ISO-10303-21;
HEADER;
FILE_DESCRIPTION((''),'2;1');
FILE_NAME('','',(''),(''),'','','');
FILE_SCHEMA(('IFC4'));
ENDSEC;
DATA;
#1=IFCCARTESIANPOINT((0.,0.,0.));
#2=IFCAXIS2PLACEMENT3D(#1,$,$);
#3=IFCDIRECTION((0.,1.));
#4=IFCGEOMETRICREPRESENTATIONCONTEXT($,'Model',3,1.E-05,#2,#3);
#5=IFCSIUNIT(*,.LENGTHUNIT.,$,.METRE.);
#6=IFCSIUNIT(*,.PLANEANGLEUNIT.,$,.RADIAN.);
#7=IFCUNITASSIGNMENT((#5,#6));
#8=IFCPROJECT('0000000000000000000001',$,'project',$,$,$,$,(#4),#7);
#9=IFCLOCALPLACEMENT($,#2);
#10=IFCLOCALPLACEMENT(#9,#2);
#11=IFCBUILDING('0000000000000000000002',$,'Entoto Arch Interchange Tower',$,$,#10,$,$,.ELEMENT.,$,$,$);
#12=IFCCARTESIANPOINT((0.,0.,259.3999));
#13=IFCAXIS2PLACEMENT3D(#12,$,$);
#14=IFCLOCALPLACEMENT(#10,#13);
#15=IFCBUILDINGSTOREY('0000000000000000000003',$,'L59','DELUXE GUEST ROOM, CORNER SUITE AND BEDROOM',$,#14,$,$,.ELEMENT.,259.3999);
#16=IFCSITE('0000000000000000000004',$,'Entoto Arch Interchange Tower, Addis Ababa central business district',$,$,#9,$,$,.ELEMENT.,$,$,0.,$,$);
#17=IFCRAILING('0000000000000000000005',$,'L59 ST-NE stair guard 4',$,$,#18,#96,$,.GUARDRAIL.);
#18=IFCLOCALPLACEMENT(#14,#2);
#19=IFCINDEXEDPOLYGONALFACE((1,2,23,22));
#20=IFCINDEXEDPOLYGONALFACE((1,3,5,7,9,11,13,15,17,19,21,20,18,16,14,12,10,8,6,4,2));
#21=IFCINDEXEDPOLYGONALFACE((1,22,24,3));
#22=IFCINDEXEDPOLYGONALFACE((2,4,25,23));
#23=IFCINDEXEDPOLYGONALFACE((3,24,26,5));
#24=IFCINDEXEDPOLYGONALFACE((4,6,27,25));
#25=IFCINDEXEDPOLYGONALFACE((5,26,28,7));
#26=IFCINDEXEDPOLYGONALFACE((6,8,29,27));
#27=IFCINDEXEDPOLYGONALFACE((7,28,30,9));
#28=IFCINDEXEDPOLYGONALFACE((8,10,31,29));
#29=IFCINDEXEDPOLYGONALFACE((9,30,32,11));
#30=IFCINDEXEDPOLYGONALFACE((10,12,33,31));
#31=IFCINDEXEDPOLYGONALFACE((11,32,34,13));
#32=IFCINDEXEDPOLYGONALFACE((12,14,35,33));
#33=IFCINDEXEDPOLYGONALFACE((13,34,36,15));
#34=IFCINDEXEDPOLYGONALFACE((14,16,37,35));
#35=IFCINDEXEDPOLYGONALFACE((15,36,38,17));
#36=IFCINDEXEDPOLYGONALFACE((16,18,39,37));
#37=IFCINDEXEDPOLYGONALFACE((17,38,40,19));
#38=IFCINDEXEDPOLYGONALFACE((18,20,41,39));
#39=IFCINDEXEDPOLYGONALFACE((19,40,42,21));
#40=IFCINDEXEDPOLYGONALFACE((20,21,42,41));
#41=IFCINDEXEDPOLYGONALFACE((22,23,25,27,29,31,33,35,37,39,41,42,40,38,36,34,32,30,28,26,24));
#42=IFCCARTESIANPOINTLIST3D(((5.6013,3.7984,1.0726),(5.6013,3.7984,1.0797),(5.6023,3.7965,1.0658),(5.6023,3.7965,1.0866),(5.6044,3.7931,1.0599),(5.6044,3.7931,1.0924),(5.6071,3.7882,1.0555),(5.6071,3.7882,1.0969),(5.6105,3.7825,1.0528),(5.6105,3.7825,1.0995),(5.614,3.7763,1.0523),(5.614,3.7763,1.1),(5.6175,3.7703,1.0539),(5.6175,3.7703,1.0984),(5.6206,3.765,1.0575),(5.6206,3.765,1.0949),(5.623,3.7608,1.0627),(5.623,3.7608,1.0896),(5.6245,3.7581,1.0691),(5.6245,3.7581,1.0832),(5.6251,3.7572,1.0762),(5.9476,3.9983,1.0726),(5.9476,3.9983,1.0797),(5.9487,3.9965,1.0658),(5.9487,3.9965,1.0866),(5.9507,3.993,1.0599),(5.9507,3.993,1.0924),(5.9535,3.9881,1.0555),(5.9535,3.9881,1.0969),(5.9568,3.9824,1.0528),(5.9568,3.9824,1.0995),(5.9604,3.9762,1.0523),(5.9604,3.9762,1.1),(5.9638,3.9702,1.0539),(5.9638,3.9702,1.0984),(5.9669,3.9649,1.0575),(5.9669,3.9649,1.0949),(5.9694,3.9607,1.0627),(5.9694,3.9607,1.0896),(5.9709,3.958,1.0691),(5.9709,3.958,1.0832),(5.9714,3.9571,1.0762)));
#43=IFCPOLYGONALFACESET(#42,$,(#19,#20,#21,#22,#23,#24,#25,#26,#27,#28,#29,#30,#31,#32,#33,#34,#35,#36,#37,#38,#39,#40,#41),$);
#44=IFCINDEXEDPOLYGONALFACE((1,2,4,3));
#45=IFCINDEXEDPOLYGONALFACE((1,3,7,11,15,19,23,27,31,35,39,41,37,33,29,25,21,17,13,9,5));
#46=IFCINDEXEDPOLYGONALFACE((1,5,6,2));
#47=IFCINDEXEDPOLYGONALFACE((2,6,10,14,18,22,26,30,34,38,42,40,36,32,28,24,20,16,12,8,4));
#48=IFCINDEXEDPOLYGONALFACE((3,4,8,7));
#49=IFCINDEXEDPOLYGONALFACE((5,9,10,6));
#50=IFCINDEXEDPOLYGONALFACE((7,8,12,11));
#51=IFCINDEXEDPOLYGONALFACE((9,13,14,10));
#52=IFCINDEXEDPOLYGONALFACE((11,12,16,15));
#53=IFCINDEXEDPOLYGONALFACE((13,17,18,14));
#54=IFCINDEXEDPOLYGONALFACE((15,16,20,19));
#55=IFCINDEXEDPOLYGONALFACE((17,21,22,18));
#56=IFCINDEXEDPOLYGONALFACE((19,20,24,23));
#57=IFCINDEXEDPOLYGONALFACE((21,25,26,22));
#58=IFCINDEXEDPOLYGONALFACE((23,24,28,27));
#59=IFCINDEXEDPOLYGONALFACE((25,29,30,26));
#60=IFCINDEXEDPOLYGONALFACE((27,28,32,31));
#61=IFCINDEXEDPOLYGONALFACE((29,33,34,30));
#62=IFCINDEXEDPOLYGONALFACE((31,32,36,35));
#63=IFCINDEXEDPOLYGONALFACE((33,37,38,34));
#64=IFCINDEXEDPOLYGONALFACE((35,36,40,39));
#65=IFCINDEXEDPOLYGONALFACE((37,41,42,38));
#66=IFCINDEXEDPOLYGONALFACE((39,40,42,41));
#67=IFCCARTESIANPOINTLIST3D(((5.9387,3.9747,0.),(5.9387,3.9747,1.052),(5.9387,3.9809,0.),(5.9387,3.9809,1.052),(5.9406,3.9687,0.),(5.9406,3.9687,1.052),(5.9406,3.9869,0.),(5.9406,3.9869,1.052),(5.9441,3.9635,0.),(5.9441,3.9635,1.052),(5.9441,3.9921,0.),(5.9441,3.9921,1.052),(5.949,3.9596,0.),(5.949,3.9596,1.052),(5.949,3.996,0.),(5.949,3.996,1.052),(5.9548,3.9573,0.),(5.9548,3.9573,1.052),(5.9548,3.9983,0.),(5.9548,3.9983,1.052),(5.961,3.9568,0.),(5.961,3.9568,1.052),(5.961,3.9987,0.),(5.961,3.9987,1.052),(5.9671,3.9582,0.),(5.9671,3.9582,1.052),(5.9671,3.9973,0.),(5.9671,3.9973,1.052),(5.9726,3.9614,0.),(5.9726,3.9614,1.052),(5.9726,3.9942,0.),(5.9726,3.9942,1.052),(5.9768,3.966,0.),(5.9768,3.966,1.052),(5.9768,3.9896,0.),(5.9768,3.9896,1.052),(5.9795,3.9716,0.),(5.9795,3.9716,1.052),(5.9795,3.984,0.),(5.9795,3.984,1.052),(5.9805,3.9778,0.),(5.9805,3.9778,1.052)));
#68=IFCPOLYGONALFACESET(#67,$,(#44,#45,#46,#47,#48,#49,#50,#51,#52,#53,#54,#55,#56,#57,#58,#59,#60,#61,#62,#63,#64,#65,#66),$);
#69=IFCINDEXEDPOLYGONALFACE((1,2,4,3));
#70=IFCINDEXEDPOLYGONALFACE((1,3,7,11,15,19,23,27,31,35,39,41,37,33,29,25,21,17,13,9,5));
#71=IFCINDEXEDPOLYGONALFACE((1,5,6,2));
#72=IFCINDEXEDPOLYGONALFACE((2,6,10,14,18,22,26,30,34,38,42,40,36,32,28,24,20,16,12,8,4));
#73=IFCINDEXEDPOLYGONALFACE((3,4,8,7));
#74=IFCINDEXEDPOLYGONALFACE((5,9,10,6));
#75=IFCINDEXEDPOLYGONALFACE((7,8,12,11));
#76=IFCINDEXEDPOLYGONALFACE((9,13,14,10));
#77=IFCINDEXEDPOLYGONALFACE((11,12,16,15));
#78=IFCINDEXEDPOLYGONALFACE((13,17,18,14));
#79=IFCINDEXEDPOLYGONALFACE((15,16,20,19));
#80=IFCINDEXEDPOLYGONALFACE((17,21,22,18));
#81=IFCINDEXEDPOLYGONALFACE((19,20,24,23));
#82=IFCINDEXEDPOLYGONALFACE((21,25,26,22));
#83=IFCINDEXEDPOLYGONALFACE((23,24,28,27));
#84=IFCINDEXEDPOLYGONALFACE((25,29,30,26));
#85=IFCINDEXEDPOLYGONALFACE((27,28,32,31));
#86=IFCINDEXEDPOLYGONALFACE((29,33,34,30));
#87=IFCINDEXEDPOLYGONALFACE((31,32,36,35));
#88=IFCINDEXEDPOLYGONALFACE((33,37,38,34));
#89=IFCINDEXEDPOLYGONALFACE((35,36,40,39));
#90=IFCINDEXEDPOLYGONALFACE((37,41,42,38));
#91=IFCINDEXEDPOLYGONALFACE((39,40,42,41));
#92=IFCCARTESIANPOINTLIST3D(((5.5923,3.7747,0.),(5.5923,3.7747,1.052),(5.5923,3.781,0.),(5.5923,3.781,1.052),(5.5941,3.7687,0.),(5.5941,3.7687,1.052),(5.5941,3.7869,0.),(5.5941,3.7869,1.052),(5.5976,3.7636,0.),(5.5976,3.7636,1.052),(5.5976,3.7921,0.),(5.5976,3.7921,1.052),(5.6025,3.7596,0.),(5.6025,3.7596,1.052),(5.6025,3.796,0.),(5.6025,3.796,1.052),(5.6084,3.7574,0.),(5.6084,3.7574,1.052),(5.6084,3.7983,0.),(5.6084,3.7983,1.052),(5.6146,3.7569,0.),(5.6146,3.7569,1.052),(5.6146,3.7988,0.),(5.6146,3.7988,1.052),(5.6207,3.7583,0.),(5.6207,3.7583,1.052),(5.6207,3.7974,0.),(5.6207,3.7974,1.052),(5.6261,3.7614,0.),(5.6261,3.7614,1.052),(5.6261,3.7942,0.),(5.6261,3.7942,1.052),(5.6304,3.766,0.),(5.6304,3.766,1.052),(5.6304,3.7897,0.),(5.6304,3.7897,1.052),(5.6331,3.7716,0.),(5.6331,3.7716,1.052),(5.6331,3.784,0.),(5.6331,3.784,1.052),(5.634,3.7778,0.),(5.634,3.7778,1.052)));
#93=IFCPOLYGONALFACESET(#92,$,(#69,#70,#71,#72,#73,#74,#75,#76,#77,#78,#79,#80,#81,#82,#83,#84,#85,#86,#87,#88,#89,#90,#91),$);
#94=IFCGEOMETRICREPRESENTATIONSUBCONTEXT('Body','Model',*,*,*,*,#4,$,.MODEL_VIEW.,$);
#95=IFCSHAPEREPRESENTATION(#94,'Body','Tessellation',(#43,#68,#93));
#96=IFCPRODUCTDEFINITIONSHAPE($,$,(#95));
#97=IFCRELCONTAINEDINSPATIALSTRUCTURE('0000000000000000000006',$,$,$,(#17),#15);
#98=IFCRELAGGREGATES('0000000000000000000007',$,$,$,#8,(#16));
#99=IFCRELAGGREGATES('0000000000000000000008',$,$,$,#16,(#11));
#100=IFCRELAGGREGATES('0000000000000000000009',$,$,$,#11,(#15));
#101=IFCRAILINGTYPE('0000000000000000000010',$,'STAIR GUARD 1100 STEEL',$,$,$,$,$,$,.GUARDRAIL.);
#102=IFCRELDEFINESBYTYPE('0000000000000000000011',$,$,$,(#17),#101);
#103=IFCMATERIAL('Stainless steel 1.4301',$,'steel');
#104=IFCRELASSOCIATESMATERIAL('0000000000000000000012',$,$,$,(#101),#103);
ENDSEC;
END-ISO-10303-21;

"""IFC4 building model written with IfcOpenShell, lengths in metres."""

from ifc_helpers import new_model, si_unit, direction, frame, origin, origin_2d, place, context, subcontext, project, spatial, circle, extrude, material, type_object, element, save


model = new_model("IFC4")

# Units and contexts
model_context = context("Model", 3, precision=1e-05, world=origin(), true_north=direction((0.0, 1.0)))
body_context = subcontext(model_context, "Body", "Model", "MODEL_VIEW")
ifc_project = project(units=[si_unit("LENGTHUNIT", "METRE"), si_unit("PLANEANGLEUNIT", "RADIAN")], contexts=[model_context])

# Site, building, storey
site_placement = place(None, origin())
site = spatial("IfcSite", under=ifc_project, at=site_placement, Name="Entoto Arch Interchange Tower, Addis Ababa central business district", CompositionType="ELEMENT", RefElevation=0.0)
building_placement = place(site_placement, origin())
building = spatial("IfcBuilding", under=site, at=building_placement, Name="Entoto Arch Interchange Tower", CompositionType="ELEMENT")
storey_placement = place(building_placement, frame((0.0, 0.0, 259.3999)))
storey = spatial("IfcBuildingStorey", under=building, at=storey_placement, Name="L59", Description="DELUXE GUEST ROOM, CORNER SUITE AND BEDROOM", CompositionType="ELEMENT", Elevation=259.3999)

# Railing
ifc_material_1 = material(Name="Stainless steel 1.4301", Category="steel")
railing_type_1 = type_object("IfcRailingType", Name="STAIR GUARD 1100 STEEL", PredefinedType="GUARDRAIL", material=ifc_material_1)
railing_1_placement = place(storey_placement, frame((5.9595, 3.9778, 0.0)))
element("IfcRailing", 1, at=railing_1_placement, inside=storey, type_object=railing_type_1, Name="L59 ST-NE stair guard 4", PredefinedType="GUARDRAIL", context=body_context, shape_type="SweptSolid", body=[
    extrude(circle(Radius=0.0239, at=origin_2d()), frame((0.0, 0.0, 1.0762), z_axis=(-0.866094, -0.499881, 0.0), x_axis=(0.499881, -0.866094, 0.0)), (0.0, 0.0, 1.0), 0.3999),
    extrude(circle(Radius=0.021, at=origin_2d()), origin(), (0.0, 0.0, 1.0), 1.052),
    extrude(circle(Radius=0.021, at=origin_2d()), frame((-0.3464, -0.2, 0.0)), (0.0, 0.0, 1.0), 1.052),
])

save(model, "model.ifc")
